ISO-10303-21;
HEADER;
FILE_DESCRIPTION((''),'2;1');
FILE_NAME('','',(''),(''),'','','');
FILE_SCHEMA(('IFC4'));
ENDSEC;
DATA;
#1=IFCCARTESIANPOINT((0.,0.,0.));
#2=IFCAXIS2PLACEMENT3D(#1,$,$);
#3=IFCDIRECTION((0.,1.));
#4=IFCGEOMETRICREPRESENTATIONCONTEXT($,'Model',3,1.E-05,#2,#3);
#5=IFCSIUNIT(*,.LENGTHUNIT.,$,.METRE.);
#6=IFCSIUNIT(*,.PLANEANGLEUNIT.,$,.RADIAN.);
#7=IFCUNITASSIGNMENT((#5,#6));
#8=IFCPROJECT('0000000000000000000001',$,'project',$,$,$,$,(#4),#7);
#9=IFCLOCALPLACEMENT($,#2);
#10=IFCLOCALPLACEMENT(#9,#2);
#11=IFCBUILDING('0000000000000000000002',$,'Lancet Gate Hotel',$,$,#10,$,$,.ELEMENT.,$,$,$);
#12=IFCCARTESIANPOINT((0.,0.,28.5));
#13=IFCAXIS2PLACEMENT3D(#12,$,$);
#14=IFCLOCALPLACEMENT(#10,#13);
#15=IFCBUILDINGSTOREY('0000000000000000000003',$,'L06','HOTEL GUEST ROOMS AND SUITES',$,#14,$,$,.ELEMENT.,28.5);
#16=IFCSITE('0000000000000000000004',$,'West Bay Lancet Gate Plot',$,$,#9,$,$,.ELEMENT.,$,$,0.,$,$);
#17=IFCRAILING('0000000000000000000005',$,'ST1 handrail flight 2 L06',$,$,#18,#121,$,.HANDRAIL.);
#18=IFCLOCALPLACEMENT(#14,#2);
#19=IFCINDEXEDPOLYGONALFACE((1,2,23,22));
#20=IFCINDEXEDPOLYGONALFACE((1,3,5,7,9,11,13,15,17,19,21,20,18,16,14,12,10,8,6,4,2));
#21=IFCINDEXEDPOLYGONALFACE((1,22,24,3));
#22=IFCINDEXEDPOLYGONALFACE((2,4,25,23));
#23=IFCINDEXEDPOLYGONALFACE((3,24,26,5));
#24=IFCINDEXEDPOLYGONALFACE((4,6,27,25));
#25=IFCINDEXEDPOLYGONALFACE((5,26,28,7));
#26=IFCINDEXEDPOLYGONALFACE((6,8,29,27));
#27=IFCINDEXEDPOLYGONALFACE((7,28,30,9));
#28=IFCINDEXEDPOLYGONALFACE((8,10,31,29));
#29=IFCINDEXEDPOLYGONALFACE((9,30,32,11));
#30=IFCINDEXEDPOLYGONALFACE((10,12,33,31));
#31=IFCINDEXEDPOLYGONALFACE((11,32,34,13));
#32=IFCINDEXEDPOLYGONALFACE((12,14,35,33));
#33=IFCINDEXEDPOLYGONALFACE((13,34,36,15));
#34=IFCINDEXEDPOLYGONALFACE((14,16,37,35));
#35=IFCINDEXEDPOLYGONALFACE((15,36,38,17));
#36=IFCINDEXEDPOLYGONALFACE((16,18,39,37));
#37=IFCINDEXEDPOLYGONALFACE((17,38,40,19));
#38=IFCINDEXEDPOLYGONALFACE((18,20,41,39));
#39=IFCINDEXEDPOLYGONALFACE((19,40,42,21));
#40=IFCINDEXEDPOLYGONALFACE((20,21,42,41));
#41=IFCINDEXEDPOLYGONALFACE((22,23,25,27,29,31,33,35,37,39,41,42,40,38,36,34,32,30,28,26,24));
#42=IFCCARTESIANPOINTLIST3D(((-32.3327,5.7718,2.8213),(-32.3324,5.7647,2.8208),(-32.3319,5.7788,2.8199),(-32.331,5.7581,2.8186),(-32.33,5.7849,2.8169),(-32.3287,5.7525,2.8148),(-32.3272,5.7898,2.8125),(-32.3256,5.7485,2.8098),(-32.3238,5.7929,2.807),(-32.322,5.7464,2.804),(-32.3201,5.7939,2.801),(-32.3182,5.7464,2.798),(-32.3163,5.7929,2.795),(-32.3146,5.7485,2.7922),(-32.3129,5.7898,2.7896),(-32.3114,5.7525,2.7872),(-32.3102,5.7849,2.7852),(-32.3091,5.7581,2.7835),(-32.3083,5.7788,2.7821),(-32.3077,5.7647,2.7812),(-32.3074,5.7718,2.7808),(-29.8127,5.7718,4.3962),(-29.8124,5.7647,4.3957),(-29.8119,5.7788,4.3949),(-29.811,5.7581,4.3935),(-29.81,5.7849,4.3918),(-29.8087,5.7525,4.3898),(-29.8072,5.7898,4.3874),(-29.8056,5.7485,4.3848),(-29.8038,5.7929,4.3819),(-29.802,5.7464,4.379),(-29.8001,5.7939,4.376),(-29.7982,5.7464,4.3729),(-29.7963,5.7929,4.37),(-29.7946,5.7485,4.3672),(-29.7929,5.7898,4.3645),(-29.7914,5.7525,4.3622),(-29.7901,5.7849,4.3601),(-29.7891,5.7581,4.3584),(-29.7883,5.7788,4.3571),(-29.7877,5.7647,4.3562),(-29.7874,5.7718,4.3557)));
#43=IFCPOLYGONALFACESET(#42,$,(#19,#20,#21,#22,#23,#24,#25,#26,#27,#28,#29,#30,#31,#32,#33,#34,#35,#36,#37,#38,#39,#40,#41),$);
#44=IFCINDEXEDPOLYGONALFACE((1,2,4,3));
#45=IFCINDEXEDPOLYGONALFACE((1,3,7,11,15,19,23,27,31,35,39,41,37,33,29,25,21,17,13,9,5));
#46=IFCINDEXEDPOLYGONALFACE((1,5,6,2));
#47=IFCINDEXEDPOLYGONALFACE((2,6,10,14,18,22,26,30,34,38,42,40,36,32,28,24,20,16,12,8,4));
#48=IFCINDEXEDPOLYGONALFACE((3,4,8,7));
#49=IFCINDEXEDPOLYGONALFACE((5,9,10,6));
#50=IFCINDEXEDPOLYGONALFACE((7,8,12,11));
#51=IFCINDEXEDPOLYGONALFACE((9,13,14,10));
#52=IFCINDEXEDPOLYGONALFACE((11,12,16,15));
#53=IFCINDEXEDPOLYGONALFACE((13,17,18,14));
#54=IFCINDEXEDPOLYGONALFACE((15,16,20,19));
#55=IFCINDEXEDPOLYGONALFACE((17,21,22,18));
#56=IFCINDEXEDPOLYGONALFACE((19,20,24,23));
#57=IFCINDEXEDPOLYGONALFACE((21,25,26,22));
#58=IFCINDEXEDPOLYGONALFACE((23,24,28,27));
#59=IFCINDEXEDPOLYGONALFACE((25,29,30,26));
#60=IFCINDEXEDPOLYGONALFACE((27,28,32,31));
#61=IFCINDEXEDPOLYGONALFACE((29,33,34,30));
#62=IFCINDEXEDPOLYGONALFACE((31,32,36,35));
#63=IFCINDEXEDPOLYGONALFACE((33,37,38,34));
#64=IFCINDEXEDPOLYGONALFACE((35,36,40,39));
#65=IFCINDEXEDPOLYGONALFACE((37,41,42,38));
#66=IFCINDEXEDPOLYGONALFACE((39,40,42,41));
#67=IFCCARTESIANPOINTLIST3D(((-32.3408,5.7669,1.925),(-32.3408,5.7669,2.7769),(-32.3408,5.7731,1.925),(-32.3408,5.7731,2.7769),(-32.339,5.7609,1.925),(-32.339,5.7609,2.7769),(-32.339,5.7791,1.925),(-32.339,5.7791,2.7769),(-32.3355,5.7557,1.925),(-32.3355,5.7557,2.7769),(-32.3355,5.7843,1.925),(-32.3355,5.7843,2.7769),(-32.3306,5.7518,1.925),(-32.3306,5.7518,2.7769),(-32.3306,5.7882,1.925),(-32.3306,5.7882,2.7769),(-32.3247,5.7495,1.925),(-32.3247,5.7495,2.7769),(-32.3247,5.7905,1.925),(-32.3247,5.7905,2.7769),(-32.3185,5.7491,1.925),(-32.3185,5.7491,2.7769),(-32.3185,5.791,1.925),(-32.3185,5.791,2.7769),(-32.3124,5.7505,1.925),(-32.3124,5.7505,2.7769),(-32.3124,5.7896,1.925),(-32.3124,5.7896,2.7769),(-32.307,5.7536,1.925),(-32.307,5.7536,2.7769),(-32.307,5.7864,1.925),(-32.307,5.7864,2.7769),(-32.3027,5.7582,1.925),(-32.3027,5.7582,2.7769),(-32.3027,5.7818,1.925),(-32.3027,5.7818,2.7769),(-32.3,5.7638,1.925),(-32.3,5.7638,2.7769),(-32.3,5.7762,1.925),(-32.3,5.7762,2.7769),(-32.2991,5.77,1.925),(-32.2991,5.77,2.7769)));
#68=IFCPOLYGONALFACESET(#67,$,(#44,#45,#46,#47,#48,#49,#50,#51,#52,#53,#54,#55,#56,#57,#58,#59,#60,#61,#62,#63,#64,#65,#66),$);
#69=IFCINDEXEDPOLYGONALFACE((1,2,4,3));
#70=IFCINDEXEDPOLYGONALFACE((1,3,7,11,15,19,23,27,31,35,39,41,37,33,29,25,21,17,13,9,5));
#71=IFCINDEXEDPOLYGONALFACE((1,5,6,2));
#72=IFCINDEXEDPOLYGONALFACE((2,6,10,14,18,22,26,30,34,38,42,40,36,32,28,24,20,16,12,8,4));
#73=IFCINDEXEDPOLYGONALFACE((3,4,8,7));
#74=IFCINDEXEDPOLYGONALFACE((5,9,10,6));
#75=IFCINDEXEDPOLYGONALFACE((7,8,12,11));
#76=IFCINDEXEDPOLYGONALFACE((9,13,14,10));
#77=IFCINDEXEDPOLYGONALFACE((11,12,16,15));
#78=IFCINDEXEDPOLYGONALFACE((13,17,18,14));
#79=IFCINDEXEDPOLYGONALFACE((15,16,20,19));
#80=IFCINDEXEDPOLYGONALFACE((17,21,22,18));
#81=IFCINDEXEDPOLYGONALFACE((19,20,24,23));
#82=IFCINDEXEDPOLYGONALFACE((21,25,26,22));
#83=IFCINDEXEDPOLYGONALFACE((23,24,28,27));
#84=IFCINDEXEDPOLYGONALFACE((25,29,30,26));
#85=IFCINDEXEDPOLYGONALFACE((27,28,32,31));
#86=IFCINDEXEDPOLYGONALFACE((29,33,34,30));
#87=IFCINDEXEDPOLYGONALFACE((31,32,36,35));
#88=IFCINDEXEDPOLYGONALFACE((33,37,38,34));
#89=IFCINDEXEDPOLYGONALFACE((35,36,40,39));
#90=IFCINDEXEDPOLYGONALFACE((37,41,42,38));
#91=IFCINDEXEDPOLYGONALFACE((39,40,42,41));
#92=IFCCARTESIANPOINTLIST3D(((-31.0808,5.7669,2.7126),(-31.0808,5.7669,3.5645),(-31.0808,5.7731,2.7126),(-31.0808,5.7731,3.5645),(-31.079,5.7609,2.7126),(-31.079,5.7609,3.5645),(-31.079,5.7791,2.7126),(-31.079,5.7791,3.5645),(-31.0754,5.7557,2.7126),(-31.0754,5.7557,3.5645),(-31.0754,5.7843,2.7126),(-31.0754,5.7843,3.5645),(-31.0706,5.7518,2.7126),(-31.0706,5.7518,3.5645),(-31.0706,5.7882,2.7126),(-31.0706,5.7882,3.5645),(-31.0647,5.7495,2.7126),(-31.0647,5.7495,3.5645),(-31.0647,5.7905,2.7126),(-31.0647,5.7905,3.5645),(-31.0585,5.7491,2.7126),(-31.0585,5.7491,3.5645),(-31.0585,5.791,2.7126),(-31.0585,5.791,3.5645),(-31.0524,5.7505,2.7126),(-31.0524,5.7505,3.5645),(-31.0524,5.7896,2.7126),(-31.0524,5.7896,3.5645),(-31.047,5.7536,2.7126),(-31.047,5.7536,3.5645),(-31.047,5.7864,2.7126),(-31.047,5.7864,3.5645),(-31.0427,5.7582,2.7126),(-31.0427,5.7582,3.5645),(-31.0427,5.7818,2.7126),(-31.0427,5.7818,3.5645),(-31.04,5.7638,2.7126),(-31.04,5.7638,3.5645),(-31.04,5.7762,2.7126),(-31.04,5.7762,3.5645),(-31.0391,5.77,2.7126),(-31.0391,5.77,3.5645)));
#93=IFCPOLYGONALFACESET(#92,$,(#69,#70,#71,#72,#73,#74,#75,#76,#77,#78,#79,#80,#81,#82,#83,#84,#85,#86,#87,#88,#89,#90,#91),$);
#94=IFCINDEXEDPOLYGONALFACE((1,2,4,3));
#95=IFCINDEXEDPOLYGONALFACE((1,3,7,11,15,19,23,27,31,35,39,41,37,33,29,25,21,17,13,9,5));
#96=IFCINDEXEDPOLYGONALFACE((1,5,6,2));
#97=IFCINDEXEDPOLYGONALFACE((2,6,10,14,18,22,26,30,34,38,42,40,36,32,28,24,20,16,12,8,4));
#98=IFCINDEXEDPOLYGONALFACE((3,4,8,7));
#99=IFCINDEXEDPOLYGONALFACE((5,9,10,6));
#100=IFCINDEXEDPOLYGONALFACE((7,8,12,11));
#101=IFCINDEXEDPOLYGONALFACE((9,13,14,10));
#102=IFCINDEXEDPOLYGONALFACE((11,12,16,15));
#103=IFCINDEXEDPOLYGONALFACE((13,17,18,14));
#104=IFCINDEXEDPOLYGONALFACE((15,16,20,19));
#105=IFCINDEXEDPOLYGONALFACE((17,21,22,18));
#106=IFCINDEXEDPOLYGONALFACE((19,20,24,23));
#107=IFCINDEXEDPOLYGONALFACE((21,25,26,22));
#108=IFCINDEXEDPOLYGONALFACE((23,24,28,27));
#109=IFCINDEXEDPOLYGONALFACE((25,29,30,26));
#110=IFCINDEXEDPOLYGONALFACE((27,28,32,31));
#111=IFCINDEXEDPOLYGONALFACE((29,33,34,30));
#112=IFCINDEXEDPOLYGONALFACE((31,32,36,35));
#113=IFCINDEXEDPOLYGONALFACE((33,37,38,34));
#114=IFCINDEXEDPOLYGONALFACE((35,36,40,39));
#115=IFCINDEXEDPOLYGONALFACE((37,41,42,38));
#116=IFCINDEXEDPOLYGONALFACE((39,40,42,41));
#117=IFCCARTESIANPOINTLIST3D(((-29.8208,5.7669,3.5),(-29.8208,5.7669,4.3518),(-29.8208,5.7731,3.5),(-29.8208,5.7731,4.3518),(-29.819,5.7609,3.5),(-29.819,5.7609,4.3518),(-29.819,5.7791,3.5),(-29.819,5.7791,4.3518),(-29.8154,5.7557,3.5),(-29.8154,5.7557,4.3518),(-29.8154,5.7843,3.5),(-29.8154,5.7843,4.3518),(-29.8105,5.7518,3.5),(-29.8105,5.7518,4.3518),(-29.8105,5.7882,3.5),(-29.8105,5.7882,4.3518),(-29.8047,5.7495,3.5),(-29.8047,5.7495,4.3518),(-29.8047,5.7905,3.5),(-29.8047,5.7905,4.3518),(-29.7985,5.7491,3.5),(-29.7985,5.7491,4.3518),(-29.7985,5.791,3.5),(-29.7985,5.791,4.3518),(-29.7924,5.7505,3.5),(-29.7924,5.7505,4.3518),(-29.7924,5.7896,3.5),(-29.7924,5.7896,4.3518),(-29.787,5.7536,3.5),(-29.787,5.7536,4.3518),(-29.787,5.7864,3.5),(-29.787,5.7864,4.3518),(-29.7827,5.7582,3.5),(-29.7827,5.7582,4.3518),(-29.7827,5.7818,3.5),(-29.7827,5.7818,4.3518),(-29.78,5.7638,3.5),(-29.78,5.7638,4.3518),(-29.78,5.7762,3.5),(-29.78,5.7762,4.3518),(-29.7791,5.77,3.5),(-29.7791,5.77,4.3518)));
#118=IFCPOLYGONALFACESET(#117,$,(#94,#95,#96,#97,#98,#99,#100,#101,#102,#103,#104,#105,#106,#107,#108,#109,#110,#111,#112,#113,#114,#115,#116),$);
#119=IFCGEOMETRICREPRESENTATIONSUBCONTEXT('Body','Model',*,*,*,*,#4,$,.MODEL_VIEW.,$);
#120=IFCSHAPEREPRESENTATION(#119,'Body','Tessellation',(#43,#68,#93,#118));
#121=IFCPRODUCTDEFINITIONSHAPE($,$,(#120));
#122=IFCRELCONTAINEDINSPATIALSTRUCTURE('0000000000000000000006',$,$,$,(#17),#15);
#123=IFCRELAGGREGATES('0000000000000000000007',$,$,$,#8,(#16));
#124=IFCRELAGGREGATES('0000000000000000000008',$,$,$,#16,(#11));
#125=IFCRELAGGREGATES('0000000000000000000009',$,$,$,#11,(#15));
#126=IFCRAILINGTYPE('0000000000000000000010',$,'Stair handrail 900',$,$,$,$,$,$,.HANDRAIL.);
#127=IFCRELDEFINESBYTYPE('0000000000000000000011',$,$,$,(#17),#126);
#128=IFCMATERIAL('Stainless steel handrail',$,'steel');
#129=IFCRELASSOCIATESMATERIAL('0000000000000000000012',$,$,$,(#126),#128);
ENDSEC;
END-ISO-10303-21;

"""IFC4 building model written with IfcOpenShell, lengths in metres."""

from ifc_helpers import new_model, si_unit, direction, frame, origin, origin_2d, place, context, subcontext, project, spatial, circle, extrude, material, type_object, element, save


model = new_model("IFC4")

# Units and contexts
model_context = context("Model", 3, precision=1e-05, world=origin(), true_north=direction((0.0, 1.0)))
body_context = subcontext(model_context, "Body", "Model", "MODEL_VIEW")
ifc_project = project(units=[si_unit("LENGTHUNIT", "METRE"), si_unit("PLANEANGLEUNIT", "RADIAN")], contexts=[model_context])

# Site, building, storey
site_placement = place(None, origin())
site = spatial("IfcSite", under=ifc_project, at=site_placement, Name="West Bay Lancet Gate Plot", CompositionType="ELEMENT", RefElevation=0.0)
building_placement = place(site_placement, origin())
building = spatial("IfcBuilding", under=site, at=building_placement, Name="Lancet Gate Hotel", CompositionType="ELEMENT")
storey_placement = place(building_placement, frame((0.0, 0.0, 28.5)))
storey = spatial("IfcBuildingStorey", under=building, at=storey_placement, Name="L06", Description="HOTEL GUEST ROOMS AND SUITES", CompositionType="ELEMENT", Elevation=28.5)

# Railing
ifc_material_1 = material(Name="Stainless steel handrail", Category="steel")
railing_type = type_object("IfcRailingType", Name="Stair handrail 900", PredefinedType="HANDRAIL", material=ifc_material_1)
railing_1_placement = place(storey_placement, frame((-32.3201, 5.77, 1.925)))
element("IfcRailing", 1, at=railing_1_placement, inside=storey, type_object=railing_type, Name="ST1 handrail flight 2 L06", PredefinedType="HANDRAIL", context=body_context, shape_type="SweptSolid", body=[
    extrude(circle(Radius=0.0239, at=origin_2d()), frame((0.0, 0.0, 0.876), z_axis=(0.848008, 0.0, 0.529984), x_axis=(0.0, 1.0, 0.0)), (0.0, 0.0, 1.0), 2.9717),
    extrude(circle(Radius=0.021, at=origin_2d()), origin(), (0.0, 0.0, 1.0), 0.8518),
    extrude(circle(Radius=0.021, at=origin_2d()), frame((1.26, 0.0, 0.7876)), (0.0, 0.0, 1.0), 0.8518),
    extrude(circle(Radius=0.021, at=origin_2d()), frame((2.52, 0.0, 1.575)), (0.0, 0.0, 1.0), 0.8518),
])

save(model, "model.ifc")
